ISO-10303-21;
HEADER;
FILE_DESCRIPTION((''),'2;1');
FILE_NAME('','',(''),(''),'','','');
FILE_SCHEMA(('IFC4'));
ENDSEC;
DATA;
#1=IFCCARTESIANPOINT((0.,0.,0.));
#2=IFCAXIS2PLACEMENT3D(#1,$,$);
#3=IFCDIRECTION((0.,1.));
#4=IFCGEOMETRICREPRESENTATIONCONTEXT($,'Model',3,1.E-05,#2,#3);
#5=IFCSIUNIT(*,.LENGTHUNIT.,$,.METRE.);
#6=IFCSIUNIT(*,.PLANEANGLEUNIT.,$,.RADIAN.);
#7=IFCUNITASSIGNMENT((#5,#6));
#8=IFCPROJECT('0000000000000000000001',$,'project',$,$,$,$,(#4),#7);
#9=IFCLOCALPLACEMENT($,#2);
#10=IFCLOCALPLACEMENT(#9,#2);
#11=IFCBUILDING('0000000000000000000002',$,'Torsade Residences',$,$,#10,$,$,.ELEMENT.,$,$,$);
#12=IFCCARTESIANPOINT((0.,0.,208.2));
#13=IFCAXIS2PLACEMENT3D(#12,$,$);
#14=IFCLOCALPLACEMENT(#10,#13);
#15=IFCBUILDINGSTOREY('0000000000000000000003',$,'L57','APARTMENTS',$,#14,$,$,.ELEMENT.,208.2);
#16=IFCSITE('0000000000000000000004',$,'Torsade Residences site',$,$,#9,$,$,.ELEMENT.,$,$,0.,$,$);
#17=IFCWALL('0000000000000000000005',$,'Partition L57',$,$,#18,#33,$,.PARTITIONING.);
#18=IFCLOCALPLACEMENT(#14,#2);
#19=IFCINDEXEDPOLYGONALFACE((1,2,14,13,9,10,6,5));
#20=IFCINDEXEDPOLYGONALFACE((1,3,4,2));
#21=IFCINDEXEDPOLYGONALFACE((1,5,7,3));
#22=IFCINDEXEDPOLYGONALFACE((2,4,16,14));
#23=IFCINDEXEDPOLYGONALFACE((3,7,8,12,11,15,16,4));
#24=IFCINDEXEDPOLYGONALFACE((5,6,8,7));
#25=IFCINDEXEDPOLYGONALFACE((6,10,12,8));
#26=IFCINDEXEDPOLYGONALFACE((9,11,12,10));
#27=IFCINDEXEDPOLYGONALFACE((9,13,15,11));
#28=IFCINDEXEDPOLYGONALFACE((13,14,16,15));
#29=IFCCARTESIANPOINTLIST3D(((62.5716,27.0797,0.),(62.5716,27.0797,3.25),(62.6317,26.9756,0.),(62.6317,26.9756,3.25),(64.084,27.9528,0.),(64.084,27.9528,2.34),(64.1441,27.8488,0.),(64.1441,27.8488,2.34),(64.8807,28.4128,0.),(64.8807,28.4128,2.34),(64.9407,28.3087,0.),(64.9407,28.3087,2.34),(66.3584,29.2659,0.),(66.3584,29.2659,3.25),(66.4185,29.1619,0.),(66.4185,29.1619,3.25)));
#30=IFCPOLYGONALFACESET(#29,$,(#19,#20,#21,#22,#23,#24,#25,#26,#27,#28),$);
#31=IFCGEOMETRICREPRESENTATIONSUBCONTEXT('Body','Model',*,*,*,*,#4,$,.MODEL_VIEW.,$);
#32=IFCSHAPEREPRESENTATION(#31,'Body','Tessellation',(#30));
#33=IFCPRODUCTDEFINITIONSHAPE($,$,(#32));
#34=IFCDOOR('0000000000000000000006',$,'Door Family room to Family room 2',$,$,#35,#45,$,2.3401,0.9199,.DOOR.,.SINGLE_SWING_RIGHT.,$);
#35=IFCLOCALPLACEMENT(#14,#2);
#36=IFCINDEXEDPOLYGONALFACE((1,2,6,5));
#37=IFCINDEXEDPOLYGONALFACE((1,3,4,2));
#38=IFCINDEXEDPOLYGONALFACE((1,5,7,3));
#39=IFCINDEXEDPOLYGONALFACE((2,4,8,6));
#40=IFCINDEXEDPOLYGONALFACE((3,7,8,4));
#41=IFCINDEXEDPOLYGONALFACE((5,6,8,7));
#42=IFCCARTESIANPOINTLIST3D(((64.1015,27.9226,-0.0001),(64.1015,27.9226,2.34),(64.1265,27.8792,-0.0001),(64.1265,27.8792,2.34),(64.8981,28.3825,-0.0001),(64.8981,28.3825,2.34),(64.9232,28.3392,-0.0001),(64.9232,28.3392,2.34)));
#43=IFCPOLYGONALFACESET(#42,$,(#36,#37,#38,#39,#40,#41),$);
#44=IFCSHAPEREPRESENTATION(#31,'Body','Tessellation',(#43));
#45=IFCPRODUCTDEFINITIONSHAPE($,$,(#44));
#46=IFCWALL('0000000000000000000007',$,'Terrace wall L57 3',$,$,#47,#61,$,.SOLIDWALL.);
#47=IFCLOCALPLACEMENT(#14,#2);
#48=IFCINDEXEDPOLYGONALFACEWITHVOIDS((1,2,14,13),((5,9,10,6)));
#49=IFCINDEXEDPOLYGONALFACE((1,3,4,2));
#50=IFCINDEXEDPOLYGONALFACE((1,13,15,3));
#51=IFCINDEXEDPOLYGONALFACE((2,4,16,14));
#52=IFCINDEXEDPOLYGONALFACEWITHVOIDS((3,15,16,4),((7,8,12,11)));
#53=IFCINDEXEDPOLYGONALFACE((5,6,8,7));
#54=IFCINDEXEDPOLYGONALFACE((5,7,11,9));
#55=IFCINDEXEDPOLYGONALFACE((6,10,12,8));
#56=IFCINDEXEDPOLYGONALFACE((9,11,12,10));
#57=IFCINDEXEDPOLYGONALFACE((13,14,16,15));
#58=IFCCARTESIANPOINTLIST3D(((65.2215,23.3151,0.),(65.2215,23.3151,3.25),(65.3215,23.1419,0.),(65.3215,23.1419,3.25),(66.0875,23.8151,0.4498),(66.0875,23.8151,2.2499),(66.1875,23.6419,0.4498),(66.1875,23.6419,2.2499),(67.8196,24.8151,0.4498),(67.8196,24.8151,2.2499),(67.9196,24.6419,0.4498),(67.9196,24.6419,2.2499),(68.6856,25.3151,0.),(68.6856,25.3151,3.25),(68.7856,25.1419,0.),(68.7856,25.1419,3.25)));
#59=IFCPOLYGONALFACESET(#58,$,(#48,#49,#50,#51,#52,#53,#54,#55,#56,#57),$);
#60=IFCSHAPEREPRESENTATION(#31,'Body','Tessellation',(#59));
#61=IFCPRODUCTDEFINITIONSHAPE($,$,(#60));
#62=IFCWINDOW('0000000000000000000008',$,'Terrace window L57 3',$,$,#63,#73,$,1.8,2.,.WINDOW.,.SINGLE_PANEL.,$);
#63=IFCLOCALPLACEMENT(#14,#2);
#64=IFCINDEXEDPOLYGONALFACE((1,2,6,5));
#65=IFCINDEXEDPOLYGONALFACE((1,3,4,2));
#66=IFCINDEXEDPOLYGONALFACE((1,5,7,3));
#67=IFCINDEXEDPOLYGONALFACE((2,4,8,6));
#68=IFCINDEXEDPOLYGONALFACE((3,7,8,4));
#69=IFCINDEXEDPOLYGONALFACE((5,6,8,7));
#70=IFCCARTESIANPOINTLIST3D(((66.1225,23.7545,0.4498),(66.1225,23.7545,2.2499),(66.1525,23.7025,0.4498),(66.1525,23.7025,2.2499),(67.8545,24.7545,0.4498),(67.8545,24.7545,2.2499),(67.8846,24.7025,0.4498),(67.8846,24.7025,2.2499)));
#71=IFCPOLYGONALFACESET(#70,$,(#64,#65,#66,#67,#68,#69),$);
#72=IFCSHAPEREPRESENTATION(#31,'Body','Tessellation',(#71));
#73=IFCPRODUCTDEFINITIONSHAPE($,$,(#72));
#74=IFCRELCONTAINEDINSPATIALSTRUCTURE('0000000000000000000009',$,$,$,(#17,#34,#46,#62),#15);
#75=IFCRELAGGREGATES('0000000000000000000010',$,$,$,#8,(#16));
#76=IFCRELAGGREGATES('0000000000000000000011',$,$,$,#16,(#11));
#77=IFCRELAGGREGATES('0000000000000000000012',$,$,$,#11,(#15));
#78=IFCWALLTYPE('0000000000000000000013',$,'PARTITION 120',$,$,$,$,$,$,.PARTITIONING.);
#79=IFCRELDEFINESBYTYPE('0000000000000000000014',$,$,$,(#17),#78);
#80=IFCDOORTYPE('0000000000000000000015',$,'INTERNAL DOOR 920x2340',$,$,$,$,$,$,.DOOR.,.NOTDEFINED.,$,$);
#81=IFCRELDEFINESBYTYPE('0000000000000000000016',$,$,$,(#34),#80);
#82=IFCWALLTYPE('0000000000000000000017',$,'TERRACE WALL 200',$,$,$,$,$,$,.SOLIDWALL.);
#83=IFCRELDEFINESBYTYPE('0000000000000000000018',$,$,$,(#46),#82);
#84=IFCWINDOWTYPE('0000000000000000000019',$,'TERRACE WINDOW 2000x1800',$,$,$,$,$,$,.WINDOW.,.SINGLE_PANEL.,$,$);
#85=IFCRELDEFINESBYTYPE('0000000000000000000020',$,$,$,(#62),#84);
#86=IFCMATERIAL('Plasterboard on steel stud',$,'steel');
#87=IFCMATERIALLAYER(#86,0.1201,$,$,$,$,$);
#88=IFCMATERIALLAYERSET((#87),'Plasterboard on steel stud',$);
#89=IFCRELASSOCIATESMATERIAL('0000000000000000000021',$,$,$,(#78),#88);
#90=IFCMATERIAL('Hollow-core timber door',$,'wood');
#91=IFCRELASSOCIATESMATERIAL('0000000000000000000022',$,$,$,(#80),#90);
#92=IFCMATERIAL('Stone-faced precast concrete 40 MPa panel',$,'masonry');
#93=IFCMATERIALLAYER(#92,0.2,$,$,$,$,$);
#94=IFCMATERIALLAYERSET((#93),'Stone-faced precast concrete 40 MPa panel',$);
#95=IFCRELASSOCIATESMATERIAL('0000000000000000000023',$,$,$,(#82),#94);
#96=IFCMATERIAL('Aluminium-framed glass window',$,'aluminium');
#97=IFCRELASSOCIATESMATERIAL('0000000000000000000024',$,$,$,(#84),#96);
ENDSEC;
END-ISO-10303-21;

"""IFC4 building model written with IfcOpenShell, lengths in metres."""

from ifc_helpers import new_model, si_unit, direction, frame, frame_2d, origin, place, context, subcontext, project, spatial, rectangle, extrude, material, layer, layer_set, type_object, element, fill, save


model = new_model("IFC4")

# Units and contexts
model_context = context("Model", 3, precision=1e-05, world=origin(), true_north=direction((0.0, 1.0)))
body_context = subcontext(model_context, "Body", "Model", "MODEL_VIEW")
ifc_project = project(units=[si_unit("LENGTHUNIT", "METRE"), si_unit("PLANEANGLEUNIT", "RADIAN")], contexts=[model_context])

# Site, building, storey
site_placement = place(None, origin())
site = spatial("IfcSite", under=ifc_project, at=site_placement, Name="Torsade Residences site", CompositionType="ELEMENT", RefElevation=0.0)
building_placement = place(site_placement, origin())
building = spatial("IfcBuilding", under=site, at=building_placement, Name="Torsade Residences", CompositionType="ELEMENT")
storey_placement = place(building_placement, frame((0.0, 0.0, 208.2)))
storey = spatial("IfcBuildingStorey", under=building, at=storey_placement, Name="L57", Description="APARTMENTS", CompositionType="ELEMENT", Elevation=208.2)

# Shared definitions
ifc_material_1 = material(Name="Plasterboard on steel stud", Category="steel")
ifc_layer_1 = layer(ifc_material_1, 0.1201)
ifc_layer_set_1 = layer_set([ifc_layer_1], Name="Plasterboard on steel stud")
wall_type_1 = type_object("IfcWallType", Name="PARTITION 120", PredefinedType="PARTITIONING", material=ifc_layer_set_1)

# Wall, opening, door
wall_1_placement = place(storey_placement, frame((66.3884, 29.2139, 0.0), z_axis=(0.0, 0.0, 1.0), x_axis=(-0.866032, -0.499988, 0.0)))
wall_1 = element("IfcWall", 1, at=wall_1_placement, inside=storey, type_object=wall_type_1, Name="Partition L57", PredefinedType="PARTITIONING", context=body_context, shape_type="SweptSolid", body=[
    extrude(rectangle(XDim=4.3726, YDim=0.1201, at=frame_2d((2.1863, 0.0))), origin(), (0.0, 0.0, 1.0), 3.25),
])
opening_1_placement = place(wall_1_placement, frame((1.7063, 0.0, 0.0)))
opening_1 = element("IfcOpeningElement", 2, at=opening_1_placement, cuts=wall_1, PredefinedType="OPENING", context=body_context, shape_type="SweptSolid", body=[
    extrude(rectangle(XDim=0.9199, YDim=2.3401, at=frame_2d((0.46, 1.1699))), frame((0.0, 0.0701, 0.0), z_axis=(0.0, -1.0, 0.0), x_axis=(1.0, 0.0, 0.0)), (0.0, 0.0, 1.0), 0.1401),
])
ifc_material_2 = material(Name="Hollow-core timber door", Category="wood")
door_type = type_object("IfcDoorType", Name="INTERNAL DOOR 920x2340", OperationType="NOTDEFINED", PredefinedType="DOOR", material=ifc_material_2)
door_placement = place(opening_1_placement, origin())
door = element("IfcDoor", 3, at=door_placement, inside=storey, type_object=door_type, Name="Door Family room to Family room 2", OperationType="SINGLE_SWING_RIGHT", OverallHeight=2.3401, OverallWidth=0.9199, PredefinedType="DOOR", context=body_context, shape_type="SweptSolid", body=[
    extrude(rectangle(XDim=0.9199, YDim=2.3401, at=frame_2d((0.46, 1.1699))), frame((0.0, 0.0249, 0.0), z_axis=(0.0, -1.0, 0.0), x_axis=(1.0, 0.0, 0.0)), (0.0, 0.0, 1.0), 0.05),
])
fill(opening_1, door)

# Wall, opening, window
ifc_material_3 = material(Name="Stone-faced precast concrete 40 MPa panel", Category="masonry")
ifc_layer_2 = layer(ifc_material_3, 0.2)
ifc_layer_set_2 = layer_set([ifc_layer_2], Name="Stone-faced precast concrete 40 MPa panel")
wall_type_2 = type_object("IfcWallType", Name="TERRACE WALL 200", PredefinedType="SOLIDWALL", material=ifc_layer_set_2)
wall_2_placement = place(storey_placement, frame((65.2715, 23.2285, 0.0), z_axis=(0.0, 0.0, 1.0), x_axis=(0.866026, 0.499999, 0.0)))
wall_2 = element("IfcWall", 4, at=wall_2_placement, inside=storey, type_object=wall_type_2, Name="Terrace wall L57 3", PredefinedType="SOLIDWALL", context=body_context, shape_type="SweptSolid", body=[
    extrude(rectangle(XDim=4.0, YDim=0.2, at=frame_2d((2.0, 0.0))), origin(), (0.0, 0.0, 1.0), 3.25),
])
opening_2_placement = place(wall_2_placement, frame((1.0, 0.0, 0.45)))
opening_2 = element("IfcOpeningElement", 5, at=opening_2_placement, cuts=wall_2, PredefinedType="OPENING", context=body_context, shape_type="SweptSolid", body=[
    extrude(rectangle(XDim=2.0, YDim=1.8, at=frame_2d((1.0, 0.8999))), frame((0.0, 0.1099, 0.0), z_axis=(0.0, -1.0, 0.0), x_axis=(1.0, 0.0, 0.0)), (0.0, 0.0, 1.0), 0.22),
])
ifc_material_4 = material(Name="Aluminium-framed glass window", Category="aluminium")
window_type = type_object("IfcWindowType", Name="TERRACE WINDOW 2000x1800", PartitioningType="SINGLE_PANEL", PredefinedType="WINDOW", material=ifc_material_4)
window_placement = place(opening_2_placement, origin())
window = element("IfcWindow", 6, at=window_placement, inside=storey, type_object=window_type, Name="Terrace window L57 3", OverallHeight=1.8, OverallWidth=2.0, PartitioningType="SINGLE_PANEL", PredefinedType="WINDOW", context=body_context, shape_type="SweptSolid", body=[
    extrude(rectangle(XDim=2.0, YDim=1.8, at=frame_2d((1.0, 0.8999))), frame((0.0, 0.03, 0.0), z_axis=(0.0, -1.0, 0.0), x_axis=(1.0, 0.0, 0.0)), (0.0, 0.0, 1.0), 0.0601),
])
fill(opening_2, window)

save(model, "model.ifc")
